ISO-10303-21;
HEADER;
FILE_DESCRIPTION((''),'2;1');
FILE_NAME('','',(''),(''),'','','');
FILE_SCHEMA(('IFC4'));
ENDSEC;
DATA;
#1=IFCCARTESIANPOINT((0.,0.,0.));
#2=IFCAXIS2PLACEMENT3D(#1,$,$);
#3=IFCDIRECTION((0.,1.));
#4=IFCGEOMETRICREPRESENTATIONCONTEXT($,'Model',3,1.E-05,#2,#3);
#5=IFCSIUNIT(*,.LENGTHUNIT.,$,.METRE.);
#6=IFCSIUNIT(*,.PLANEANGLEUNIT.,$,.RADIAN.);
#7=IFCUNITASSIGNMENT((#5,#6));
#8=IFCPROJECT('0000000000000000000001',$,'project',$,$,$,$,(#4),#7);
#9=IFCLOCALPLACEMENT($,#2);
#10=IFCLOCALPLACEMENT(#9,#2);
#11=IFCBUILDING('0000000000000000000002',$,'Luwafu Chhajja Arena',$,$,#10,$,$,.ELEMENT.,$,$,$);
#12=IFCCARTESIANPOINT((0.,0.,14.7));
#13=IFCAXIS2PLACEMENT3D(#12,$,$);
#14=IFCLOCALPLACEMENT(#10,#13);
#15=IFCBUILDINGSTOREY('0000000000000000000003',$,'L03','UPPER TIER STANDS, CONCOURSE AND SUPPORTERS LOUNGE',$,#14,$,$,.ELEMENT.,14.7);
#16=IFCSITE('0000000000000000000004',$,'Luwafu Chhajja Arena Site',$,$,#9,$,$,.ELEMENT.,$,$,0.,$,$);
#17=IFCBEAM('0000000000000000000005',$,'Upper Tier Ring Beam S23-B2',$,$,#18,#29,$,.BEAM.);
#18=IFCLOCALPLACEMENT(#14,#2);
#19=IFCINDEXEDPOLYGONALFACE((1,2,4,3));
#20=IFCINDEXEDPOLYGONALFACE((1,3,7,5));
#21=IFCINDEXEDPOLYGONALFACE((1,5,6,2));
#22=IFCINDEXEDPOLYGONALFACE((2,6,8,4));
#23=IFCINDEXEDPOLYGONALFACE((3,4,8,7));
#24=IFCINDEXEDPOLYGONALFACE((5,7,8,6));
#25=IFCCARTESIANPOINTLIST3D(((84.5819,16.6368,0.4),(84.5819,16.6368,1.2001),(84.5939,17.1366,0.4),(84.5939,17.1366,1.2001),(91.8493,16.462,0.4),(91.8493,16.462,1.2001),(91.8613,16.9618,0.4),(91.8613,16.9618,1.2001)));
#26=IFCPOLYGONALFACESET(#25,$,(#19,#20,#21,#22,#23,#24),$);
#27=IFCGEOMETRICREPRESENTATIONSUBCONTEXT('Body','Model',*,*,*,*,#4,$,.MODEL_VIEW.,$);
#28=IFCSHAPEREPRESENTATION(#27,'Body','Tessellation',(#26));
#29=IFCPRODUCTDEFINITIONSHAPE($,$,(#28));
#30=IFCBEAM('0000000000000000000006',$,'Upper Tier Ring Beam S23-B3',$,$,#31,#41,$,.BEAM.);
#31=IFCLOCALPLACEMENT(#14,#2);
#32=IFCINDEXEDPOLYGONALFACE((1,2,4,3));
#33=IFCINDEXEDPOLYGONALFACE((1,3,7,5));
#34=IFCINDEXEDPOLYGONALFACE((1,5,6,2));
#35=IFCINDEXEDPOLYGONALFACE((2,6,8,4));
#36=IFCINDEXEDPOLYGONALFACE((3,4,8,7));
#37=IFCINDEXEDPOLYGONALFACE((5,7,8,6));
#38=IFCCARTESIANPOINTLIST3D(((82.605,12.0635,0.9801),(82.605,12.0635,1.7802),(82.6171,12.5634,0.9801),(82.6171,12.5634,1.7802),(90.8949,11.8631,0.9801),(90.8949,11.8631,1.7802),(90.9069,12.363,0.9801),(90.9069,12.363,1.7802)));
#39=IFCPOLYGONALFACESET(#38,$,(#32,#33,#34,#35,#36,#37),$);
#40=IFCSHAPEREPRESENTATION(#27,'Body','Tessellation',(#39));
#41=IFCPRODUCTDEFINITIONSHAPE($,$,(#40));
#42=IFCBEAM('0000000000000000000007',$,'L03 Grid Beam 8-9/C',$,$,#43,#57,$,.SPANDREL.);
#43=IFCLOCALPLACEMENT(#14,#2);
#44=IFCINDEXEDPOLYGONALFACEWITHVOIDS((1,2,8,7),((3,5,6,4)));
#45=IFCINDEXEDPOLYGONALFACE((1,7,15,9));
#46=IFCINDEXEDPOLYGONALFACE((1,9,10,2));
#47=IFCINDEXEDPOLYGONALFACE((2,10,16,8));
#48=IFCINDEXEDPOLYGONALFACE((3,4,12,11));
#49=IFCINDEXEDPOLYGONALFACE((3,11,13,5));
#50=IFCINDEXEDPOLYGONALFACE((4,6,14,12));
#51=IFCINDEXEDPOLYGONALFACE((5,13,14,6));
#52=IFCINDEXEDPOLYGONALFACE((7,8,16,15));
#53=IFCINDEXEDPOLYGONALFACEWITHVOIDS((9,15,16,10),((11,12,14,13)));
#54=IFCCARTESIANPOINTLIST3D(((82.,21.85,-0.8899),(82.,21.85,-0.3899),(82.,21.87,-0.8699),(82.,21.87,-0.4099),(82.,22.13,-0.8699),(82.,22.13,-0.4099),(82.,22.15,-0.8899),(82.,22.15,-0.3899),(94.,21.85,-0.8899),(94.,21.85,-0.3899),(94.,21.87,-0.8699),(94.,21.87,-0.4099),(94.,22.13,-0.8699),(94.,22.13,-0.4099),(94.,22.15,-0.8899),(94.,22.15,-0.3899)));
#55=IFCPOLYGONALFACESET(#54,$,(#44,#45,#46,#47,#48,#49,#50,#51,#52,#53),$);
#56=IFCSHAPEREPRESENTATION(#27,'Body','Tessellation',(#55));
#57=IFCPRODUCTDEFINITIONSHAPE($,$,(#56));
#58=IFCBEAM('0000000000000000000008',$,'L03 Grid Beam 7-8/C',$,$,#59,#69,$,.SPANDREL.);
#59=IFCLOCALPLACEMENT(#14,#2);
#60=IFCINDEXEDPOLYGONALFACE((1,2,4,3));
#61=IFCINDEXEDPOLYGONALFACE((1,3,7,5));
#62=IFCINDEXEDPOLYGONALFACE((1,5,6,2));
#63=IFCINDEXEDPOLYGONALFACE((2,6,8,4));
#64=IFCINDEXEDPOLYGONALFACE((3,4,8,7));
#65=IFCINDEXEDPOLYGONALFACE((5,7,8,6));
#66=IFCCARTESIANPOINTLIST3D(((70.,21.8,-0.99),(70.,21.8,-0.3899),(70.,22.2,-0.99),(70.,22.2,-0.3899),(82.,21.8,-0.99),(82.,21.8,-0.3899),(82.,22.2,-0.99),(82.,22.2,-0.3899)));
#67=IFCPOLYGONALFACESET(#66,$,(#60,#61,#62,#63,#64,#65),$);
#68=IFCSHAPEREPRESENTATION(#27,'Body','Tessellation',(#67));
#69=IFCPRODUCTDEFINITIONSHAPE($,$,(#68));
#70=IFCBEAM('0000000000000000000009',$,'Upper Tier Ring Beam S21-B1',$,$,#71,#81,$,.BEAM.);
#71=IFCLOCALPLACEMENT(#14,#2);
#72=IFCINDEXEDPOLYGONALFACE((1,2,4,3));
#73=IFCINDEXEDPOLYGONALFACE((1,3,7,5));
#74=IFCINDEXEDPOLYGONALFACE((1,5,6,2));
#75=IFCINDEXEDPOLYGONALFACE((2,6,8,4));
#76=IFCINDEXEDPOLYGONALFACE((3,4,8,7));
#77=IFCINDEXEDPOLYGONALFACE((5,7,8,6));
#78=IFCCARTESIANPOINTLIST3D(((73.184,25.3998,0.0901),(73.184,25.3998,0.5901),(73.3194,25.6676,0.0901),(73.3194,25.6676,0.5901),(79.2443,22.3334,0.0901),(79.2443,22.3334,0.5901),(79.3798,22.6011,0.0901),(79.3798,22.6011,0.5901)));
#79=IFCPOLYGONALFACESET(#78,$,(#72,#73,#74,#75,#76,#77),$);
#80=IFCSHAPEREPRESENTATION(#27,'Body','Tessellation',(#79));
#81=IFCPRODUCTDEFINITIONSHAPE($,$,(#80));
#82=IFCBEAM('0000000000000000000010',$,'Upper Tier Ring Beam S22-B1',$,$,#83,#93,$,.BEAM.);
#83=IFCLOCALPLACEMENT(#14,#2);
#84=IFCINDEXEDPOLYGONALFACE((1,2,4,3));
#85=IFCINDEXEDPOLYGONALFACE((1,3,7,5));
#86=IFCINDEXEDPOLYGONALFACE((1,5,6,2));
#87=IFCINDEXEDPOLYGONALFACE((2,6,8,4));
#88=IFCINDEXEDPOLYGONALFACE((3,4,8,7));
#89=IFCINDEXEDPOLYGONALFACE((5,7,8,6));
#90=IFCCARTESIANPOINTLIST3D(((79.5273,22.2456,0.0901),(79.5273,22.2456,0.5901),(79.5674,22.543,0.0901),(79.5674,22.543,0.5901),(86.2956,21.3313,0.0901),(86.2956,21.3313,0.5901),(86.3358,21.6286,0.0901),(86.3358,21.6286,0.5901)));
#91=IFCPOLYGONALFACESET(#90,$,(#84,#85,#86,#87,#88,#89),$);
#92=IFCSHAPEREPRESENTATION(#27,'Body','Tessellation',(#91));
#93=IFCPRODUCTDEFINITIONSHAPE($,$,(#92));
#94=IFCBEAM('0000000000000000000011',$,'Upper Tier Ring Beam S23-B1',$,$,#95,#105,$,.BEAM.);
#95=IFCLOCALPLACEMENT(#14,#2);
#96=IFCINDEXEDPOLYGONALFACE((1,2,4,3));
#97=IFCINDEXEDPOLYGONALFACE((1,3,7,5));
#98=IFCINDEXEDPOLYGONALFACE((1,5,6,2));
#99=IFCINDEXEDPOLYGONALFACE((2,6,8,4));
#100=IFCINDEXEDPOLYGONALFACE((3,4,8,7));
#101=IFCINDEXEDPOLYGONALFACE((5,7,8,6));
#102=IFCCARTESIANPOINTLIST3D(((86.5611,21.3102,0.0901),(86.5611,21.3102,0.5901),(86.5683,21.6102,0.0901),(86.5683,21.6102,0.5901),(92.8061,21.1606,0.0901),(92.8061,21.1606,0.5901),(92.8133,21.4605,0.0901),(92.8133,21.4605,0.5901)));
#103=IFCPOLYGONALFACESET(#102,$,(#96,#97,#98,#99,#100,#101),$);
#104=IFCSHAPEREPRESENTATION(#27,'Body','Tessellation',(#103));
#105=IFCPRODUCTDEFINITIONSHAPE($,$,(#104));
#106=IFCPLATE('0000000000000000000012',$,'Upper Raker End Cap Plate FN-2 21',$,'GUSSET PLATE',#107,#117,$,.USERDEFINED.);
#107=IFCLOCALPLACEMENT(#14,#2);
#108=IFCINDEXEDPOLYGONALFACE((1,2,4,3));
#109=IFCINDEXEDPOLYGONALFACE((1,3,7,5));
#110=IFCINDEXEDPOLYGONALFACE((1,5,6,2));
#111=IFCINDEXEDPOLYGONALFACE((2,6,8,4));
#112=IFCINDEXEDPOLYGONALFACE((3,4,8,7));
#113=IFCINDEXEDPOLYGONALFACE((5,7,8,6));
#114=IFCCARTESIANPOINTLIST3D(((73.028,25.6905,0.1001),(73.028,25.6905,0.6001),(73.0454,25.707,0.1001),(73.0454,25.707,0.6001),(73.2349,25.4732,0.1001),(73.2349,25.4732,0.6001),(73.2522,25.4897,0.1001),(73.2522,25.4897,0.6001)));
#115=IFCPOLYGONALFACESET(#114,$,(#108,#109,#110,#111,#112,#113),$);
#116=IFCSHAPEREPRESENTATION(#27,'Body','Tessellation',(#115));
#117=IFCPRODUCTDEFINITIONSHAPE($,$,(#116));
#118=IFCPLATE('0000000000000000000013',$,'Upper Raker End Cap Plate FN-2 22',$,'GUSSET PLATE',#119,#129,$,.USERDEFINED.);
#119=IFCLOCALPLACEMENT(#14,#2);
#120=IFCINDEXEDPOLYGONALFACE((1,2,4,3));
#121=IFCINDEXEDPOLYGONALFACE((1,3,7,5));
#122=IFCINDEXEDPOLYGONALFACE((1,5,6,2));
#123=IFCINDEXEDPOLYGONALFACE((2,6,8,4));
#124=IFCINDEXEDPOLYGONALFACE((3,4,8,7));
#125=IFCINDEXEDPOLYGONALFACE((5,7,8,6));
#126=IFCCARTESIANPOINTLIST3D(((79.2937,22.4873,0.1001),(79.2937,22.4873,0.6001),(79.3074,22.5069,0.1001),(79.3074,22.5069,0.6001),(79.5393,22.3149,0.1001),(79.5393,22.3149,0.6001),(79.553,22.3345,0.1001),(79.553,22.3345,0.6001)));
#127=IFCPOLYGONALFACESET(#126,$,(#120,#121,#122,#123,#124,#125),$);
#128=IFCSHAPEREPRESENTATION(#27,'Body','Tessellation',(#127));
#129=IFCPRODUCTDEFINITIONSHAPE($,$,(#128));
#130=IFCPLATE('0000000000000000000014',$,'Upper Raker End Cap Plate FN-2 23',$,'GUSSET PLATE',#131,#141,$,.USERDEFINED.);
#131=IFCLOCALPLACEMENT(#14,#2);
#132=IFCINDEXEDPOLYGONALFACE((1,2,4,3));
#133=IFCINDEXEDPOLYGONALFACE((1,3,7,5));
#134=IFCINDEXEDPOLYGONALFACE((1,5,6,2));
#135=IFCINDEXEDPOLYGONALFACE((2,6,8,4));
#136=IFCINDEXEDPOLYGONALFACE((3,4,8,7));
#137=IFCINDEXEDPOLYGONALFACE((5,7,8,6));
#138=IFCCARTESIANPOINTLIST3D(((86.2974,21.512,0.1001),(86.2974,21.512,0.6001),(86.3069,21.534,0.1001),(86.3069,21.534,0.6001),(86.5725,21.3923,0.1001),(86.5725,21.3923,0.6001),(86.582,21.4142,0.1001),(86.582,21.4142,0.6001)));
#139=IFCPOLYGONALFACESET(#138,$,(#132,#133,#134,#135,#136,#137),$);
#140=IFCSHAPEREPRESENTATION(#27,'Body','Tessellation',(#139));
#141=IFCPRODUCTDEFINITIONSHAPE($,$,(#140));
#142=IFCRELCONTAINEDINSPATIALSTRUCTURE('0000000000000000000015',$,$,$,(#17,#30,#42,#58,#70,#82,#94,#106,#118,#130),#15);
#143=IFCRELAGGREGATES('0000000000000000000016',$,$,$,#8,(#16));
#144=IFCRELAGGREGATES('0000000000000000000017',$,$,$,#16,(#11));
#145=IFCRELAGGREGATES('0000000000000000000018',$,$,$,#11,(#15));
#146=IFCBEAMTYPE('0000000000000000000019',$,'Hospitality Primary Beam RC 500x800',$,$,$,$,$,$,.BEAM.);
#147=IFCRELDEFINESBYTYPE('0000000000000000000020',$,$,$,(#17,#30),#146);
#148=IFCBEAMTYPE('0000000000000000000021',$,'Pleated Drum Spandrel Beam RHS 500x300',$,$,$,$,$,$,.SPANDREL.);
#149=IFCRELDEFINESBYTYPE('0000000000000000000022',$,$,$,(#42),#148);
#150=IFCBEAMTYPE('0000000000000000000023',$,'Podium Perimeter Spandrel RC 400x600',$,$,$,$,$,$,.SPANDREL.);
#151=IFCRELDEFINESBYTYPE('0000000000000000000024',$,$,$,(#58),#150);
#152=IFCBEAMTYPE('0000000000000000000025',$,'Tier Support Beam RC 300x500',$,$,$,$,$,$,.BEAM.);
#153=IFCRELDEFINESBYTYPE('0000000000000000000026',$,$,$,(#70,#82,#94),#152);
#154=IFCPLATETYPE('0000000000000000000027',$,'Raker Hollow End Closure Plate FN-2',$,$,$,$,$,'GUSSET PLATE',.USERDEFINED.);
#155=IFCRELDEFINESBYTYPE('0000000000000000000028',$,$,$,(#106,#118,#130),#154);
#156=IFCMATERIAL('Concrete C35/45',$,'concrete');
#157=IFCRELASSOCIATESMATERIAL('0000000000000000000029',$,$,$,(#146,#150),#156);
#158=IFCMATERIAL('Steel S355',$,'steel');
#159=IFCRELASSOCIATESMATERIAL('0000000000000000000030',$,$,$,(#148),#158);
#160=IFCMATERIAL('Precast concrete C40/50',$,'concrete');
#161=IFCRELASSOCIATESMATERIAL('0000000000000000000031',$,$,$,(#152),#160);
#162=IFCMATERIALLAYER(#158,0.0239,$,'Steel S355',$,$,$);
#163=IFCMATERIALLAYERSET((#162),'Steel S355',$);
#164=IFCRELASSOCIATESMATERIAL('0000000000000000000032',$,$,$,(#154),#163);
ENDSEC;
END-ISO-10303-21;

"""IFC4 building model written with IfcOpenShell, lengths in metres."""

from ifc_helpers import new_model, si_unit, direction, frame, origin, origin_2d, place, context, subcontext, project, spatial, rectangle, hollow_rectangle, extrude, material, layer, layer_set, material_profile, profile_set, type_object, element, save


model = new_model("IFC4")

# Units and contexts
model_context = context("Model", 3, precision=1e-05, world=origin(), true_north=direction((0.0, 1.0)))
body_context = subcontext(model_context, "Body", "Model", "MODEL_VIEW")
ifc_project = project(units=[si_unit("LENGTHUNIT", "METRE"), si_unit("PLANEANGLEUNIT", "RADIAN")], contexts=[model_context])

# Site, building, storey
site_placement = place(None, origin())
site = spatial("IfcSite", under=ifc_project, at=site_placement, Name="Luwafu Chhajja Arena Site", CompositionType="ELEMENT", RefElevation=0.0)
building_placement = place(site_placement, origin())
building = spatial("IfcBuilding", under=site, at=building_placement, Name="Luwafu Chhajja Arena", CompositionType="ELEMENT")
storey_placement = place(building_placement, frame((0.0, 0.0, 14.7)))
storey = spatial("IfcBuildingStorey", under=building, at=storey_placement, Name="L03", Description="UPPER TIER STANDS, CONCOURSE AND SUPPORTERS LOUNGE", CompositionType="ELEMENT", Elevation=14.7)

# Shared definitions
ifc_material_1 = material(Name="Steel S355", Category="steel")

# Beams
ifc_material_2 = material(Name="Concrete C35/45", Category="concrete")
ifc_material_profile_1 = material_profile(ifc_material_2, rectangle(XDim=0.5, YDim=0.8, at=origin_2d()), Name="RC 500x800")
ifc_profile_set_1 = profile_set([ifc_material_profile_1], Name="Concrete C35/45")
beam_type_1 = type_object("IfcBeamType", Name="Hospitality Primary Beam RC 500x800", PredefinedType="BEAM", material=ifc_profile_set_1)
beam_1_placement = place(storey_placement, frame((84.5879, 16.8867, 0.8), z_axis=(0.999711, -0.024047, 0.0), x_axis=(0.024047, 0.999711, 0.0)))
element("IfcBeam", 1, at=beam_1_placement, inside=storey, type_object=beam_type_1, Name="Upper Tier Ring Beam S23-B2", PredefinedType="BEAM", context=body_context, shape_type="SweptSolid", body=[
    extrude(rectangle(XDim=0.5, YDim=0.8, at=origin_2d()), origin(), (0.0, 0.0, 1.0), 7.2695),
])
beam_2_placement = place(storey_placement, frame((82.6111, 12.3135, 1.3801), z_axis=(0.999708, -0.024172, 0.0), x_axis=(0.024172, 0.999708, 0.0)))
element("IfcBeam", 2, at=beam_2_placement, inside=storey, type_object=beam_type_1, Name="Upper Tier Ring Beam S23-B3", PredefinedType="BEAM", context=body_context, shape_type="SweptSolid", body=[
    extrude(rectangle(XDim=0.5, YDim=0.8, at=origin_2d()), origin(), (0.0, 0.0, 1.0), 8.2922),
])
ifc_material_profile_2 = material_profile(ifc_material_1, hollow_rectangle(XDim=0.3, YDim=0.5, WallThickness=0.02, at=origin_2d()), Name="RHS 500x300x20")
ifc_profile_set_2 = profile_set([ifc_material_profile_2], Name="Steel S355")
beam_type_2 = type_object("IfcBeamType", Name="Pleated Drum Spandrel Beam RHS 500x300", PredefinedType="SPANDREL", material=ifc_profile_set_2)
beam_3_placement = place(storey_placement, frame((82.0, 22.0, -0.6399), z_axis=(1.0, 0.0, 0.0), x_axis=(0.0, 1.0, 0.0)))
element("IfcBeam", 3, at=beam_3_placement, inside=storey, type_object=beam_type_2, Name="L03 Grid Beam 8-9/C", PredefinedType="SPANDREL", context=body_context, shape_type="SweptSolid", body=[
    extrude(hollow_rectangle(XDim=0.3, YDim=0.5, WallThickness=0.02, at=origin_2d()), origin(), (0.0, 0.0, 1.0), 12.0),
])
ifc_material_profile_3 = material_profile(ifc_material_2, rectangle(XDim=0.3999, YDim=0.6001, at=origin_2d()), Name="RC 400x600")
ifc_profile_set_3 = profile_set([ifc_material_profile_3], Name="Concrete C35/45")
beam_type_3 = type_object("IfcBeamType", Name="Podium Perimeter Spandrel RC 400x600", PredefinedType="SPANDREL", material=ifc_profile_set_3)
beam_4_placement = place(storey_placement, frame((70.0, 22.0, -0.6899), z_axis=(1.0, 0.0, 0.0), x_axis=(0.0, 1.0, 0.0)))
element("IfcBeam", 4, at=beam_4_placement, inside=storey, type_object=beam_type_3, Name="L03 Grid Beam 7-8/C", PredefinedType="SPANDREL", context=body_context, shape_type="SweptSolid", body=[
    extrude(rectangle(XDim=0.3999, YDim=0.6001, at=origin_2d()), origin(), (0.0, 0.0, 1.0), 12.0),
])
ifc_material_3 = material(Name="Precast concrete C40/50", Category="concrete")
ifc_material_profile_4 = material_profile(ifc_material_3, rectangle(XDim=0.3, YDim=0.5, at=origin_2d()), Name="RC 300x500")
ifc_profile_set_4 = profile_set([ifc_material_profile_4], Name="Precast concrete C40/50")
beam_type_4 = type_object("IfcBeamType", Name="Tier Support Beam RC 300x500", PredefinedType="BEAM", material=ifc_profile_set_4)
beam_5_placement = place(storey_placement, frame((73.2517, 25.5337, 0.3401), z_axis=(0.892282, -0.451479, 0.0), x_axis=(0.451479, 0.892282, 0.0)))
element("IfcBeam", 5, at=beam_5_placement, inside=storey, type_object=beam_type_4, Name="Upper Tier Ring Beam S21-B1", PredefinedType="BEAM", context=body_context, shape_type="SweptSolid", body=[
    extrude(rectangle(XDim=0.3, YDim=0.5, at=origin_2d()), origin(), (0.0, 0.0, 1.0), 6.792),
])
beam_6_placement = place(storey_placement, frame((79.5474, 22.3943, 0.3401), z_axis=(0.990999, -0.13387, 0.0), x_axis=(0.13387, 0.990999, 0.0)))
element("IfcBeam", 6, at=beam_6_placement, inside=storey, type_object=beam_type_4, Name="Upper Tier Ring Beam S22-B1", PredefinedType="BEAM", context=body_context, shape_type="SweptSolid", body=[
    extrude(rectangle(XDim=0.3, YDim=0.5, at=origin_2d()), origin(), (0.0, 0.0, 1.0), 6.8298),
])
beam_7_placement = place(storey_placement, frame((86.5647, 21.4602, 0.3401), z_axis=(0.999713, -0.023957, 0.0), x_axis=(0.023957, 0.999713, 0.0)))
element("IfcBeam", 7, at=beam_7_placement, inside=storey, type_object=beam_type_4, Name="Upper Tier Ring Beam S23-B1", PredefinedType="BEAM", context=body_context, shape_type="SweptSolid", body=[
    extrude(rectangle(XDim=0.3, YDim=0.5, at=origin_2d()), origin(), (0.0, 0.0, 1.0), 6.2468),
])

# Plates
ifc_layer = layer(ifc_material_1, 0.0239, Name="Steel S355")
ifc_layer_set = layer_set([ifc_layer], Name="Steel S355")
plate_type = type_object("IfcPlateType", Name="Raker Hollow End Closure Plate FN-2", ElementType="GUSSET PLATE", PredefinedType="USERDEFINED", material=ifc_layer_set)
for number, where, z_axis, x_axis, name in (
    (8, (73.1401, 25.5901, 0.1001), (0.0, 0.0, 1.0), (-0.724375, -0.689406, 0.0), "Upper Raker End Cap Plate FN-2 21"),
    (9, (79.4233, 22.4109, 0.1001), (0.0, 0.0, 1.0), (-0.574601, -0.818434, 0.0), "Upper Raker End Cap Plate FN-2 22"),
    (10, (86.4397, 21.4631, 0.1001), (0.0, 0.0, 1.0), (-0.399066, -0.916922, 0.0), "Upper Raker End Cap Plate FN-2 23"),
):
    element("IfcPlate", number, at=place(storey_placement, frame(where, z_axis=z_axis, x_axis=x_axis)), inside=storey, type_object=plate_type, Name=name, ObjectType="GUSSET PLATE", PredefinedType="USERDEFINED", context=body_context, shape_type="SweptSolid", body=[
        extrude(rectangle(XDim=0.0239, YDim=0.3, at=origin_2d()), origin(), (0.0, 0.0, 1.0), 0.5),
    ])

save(model, "model.ifc")
